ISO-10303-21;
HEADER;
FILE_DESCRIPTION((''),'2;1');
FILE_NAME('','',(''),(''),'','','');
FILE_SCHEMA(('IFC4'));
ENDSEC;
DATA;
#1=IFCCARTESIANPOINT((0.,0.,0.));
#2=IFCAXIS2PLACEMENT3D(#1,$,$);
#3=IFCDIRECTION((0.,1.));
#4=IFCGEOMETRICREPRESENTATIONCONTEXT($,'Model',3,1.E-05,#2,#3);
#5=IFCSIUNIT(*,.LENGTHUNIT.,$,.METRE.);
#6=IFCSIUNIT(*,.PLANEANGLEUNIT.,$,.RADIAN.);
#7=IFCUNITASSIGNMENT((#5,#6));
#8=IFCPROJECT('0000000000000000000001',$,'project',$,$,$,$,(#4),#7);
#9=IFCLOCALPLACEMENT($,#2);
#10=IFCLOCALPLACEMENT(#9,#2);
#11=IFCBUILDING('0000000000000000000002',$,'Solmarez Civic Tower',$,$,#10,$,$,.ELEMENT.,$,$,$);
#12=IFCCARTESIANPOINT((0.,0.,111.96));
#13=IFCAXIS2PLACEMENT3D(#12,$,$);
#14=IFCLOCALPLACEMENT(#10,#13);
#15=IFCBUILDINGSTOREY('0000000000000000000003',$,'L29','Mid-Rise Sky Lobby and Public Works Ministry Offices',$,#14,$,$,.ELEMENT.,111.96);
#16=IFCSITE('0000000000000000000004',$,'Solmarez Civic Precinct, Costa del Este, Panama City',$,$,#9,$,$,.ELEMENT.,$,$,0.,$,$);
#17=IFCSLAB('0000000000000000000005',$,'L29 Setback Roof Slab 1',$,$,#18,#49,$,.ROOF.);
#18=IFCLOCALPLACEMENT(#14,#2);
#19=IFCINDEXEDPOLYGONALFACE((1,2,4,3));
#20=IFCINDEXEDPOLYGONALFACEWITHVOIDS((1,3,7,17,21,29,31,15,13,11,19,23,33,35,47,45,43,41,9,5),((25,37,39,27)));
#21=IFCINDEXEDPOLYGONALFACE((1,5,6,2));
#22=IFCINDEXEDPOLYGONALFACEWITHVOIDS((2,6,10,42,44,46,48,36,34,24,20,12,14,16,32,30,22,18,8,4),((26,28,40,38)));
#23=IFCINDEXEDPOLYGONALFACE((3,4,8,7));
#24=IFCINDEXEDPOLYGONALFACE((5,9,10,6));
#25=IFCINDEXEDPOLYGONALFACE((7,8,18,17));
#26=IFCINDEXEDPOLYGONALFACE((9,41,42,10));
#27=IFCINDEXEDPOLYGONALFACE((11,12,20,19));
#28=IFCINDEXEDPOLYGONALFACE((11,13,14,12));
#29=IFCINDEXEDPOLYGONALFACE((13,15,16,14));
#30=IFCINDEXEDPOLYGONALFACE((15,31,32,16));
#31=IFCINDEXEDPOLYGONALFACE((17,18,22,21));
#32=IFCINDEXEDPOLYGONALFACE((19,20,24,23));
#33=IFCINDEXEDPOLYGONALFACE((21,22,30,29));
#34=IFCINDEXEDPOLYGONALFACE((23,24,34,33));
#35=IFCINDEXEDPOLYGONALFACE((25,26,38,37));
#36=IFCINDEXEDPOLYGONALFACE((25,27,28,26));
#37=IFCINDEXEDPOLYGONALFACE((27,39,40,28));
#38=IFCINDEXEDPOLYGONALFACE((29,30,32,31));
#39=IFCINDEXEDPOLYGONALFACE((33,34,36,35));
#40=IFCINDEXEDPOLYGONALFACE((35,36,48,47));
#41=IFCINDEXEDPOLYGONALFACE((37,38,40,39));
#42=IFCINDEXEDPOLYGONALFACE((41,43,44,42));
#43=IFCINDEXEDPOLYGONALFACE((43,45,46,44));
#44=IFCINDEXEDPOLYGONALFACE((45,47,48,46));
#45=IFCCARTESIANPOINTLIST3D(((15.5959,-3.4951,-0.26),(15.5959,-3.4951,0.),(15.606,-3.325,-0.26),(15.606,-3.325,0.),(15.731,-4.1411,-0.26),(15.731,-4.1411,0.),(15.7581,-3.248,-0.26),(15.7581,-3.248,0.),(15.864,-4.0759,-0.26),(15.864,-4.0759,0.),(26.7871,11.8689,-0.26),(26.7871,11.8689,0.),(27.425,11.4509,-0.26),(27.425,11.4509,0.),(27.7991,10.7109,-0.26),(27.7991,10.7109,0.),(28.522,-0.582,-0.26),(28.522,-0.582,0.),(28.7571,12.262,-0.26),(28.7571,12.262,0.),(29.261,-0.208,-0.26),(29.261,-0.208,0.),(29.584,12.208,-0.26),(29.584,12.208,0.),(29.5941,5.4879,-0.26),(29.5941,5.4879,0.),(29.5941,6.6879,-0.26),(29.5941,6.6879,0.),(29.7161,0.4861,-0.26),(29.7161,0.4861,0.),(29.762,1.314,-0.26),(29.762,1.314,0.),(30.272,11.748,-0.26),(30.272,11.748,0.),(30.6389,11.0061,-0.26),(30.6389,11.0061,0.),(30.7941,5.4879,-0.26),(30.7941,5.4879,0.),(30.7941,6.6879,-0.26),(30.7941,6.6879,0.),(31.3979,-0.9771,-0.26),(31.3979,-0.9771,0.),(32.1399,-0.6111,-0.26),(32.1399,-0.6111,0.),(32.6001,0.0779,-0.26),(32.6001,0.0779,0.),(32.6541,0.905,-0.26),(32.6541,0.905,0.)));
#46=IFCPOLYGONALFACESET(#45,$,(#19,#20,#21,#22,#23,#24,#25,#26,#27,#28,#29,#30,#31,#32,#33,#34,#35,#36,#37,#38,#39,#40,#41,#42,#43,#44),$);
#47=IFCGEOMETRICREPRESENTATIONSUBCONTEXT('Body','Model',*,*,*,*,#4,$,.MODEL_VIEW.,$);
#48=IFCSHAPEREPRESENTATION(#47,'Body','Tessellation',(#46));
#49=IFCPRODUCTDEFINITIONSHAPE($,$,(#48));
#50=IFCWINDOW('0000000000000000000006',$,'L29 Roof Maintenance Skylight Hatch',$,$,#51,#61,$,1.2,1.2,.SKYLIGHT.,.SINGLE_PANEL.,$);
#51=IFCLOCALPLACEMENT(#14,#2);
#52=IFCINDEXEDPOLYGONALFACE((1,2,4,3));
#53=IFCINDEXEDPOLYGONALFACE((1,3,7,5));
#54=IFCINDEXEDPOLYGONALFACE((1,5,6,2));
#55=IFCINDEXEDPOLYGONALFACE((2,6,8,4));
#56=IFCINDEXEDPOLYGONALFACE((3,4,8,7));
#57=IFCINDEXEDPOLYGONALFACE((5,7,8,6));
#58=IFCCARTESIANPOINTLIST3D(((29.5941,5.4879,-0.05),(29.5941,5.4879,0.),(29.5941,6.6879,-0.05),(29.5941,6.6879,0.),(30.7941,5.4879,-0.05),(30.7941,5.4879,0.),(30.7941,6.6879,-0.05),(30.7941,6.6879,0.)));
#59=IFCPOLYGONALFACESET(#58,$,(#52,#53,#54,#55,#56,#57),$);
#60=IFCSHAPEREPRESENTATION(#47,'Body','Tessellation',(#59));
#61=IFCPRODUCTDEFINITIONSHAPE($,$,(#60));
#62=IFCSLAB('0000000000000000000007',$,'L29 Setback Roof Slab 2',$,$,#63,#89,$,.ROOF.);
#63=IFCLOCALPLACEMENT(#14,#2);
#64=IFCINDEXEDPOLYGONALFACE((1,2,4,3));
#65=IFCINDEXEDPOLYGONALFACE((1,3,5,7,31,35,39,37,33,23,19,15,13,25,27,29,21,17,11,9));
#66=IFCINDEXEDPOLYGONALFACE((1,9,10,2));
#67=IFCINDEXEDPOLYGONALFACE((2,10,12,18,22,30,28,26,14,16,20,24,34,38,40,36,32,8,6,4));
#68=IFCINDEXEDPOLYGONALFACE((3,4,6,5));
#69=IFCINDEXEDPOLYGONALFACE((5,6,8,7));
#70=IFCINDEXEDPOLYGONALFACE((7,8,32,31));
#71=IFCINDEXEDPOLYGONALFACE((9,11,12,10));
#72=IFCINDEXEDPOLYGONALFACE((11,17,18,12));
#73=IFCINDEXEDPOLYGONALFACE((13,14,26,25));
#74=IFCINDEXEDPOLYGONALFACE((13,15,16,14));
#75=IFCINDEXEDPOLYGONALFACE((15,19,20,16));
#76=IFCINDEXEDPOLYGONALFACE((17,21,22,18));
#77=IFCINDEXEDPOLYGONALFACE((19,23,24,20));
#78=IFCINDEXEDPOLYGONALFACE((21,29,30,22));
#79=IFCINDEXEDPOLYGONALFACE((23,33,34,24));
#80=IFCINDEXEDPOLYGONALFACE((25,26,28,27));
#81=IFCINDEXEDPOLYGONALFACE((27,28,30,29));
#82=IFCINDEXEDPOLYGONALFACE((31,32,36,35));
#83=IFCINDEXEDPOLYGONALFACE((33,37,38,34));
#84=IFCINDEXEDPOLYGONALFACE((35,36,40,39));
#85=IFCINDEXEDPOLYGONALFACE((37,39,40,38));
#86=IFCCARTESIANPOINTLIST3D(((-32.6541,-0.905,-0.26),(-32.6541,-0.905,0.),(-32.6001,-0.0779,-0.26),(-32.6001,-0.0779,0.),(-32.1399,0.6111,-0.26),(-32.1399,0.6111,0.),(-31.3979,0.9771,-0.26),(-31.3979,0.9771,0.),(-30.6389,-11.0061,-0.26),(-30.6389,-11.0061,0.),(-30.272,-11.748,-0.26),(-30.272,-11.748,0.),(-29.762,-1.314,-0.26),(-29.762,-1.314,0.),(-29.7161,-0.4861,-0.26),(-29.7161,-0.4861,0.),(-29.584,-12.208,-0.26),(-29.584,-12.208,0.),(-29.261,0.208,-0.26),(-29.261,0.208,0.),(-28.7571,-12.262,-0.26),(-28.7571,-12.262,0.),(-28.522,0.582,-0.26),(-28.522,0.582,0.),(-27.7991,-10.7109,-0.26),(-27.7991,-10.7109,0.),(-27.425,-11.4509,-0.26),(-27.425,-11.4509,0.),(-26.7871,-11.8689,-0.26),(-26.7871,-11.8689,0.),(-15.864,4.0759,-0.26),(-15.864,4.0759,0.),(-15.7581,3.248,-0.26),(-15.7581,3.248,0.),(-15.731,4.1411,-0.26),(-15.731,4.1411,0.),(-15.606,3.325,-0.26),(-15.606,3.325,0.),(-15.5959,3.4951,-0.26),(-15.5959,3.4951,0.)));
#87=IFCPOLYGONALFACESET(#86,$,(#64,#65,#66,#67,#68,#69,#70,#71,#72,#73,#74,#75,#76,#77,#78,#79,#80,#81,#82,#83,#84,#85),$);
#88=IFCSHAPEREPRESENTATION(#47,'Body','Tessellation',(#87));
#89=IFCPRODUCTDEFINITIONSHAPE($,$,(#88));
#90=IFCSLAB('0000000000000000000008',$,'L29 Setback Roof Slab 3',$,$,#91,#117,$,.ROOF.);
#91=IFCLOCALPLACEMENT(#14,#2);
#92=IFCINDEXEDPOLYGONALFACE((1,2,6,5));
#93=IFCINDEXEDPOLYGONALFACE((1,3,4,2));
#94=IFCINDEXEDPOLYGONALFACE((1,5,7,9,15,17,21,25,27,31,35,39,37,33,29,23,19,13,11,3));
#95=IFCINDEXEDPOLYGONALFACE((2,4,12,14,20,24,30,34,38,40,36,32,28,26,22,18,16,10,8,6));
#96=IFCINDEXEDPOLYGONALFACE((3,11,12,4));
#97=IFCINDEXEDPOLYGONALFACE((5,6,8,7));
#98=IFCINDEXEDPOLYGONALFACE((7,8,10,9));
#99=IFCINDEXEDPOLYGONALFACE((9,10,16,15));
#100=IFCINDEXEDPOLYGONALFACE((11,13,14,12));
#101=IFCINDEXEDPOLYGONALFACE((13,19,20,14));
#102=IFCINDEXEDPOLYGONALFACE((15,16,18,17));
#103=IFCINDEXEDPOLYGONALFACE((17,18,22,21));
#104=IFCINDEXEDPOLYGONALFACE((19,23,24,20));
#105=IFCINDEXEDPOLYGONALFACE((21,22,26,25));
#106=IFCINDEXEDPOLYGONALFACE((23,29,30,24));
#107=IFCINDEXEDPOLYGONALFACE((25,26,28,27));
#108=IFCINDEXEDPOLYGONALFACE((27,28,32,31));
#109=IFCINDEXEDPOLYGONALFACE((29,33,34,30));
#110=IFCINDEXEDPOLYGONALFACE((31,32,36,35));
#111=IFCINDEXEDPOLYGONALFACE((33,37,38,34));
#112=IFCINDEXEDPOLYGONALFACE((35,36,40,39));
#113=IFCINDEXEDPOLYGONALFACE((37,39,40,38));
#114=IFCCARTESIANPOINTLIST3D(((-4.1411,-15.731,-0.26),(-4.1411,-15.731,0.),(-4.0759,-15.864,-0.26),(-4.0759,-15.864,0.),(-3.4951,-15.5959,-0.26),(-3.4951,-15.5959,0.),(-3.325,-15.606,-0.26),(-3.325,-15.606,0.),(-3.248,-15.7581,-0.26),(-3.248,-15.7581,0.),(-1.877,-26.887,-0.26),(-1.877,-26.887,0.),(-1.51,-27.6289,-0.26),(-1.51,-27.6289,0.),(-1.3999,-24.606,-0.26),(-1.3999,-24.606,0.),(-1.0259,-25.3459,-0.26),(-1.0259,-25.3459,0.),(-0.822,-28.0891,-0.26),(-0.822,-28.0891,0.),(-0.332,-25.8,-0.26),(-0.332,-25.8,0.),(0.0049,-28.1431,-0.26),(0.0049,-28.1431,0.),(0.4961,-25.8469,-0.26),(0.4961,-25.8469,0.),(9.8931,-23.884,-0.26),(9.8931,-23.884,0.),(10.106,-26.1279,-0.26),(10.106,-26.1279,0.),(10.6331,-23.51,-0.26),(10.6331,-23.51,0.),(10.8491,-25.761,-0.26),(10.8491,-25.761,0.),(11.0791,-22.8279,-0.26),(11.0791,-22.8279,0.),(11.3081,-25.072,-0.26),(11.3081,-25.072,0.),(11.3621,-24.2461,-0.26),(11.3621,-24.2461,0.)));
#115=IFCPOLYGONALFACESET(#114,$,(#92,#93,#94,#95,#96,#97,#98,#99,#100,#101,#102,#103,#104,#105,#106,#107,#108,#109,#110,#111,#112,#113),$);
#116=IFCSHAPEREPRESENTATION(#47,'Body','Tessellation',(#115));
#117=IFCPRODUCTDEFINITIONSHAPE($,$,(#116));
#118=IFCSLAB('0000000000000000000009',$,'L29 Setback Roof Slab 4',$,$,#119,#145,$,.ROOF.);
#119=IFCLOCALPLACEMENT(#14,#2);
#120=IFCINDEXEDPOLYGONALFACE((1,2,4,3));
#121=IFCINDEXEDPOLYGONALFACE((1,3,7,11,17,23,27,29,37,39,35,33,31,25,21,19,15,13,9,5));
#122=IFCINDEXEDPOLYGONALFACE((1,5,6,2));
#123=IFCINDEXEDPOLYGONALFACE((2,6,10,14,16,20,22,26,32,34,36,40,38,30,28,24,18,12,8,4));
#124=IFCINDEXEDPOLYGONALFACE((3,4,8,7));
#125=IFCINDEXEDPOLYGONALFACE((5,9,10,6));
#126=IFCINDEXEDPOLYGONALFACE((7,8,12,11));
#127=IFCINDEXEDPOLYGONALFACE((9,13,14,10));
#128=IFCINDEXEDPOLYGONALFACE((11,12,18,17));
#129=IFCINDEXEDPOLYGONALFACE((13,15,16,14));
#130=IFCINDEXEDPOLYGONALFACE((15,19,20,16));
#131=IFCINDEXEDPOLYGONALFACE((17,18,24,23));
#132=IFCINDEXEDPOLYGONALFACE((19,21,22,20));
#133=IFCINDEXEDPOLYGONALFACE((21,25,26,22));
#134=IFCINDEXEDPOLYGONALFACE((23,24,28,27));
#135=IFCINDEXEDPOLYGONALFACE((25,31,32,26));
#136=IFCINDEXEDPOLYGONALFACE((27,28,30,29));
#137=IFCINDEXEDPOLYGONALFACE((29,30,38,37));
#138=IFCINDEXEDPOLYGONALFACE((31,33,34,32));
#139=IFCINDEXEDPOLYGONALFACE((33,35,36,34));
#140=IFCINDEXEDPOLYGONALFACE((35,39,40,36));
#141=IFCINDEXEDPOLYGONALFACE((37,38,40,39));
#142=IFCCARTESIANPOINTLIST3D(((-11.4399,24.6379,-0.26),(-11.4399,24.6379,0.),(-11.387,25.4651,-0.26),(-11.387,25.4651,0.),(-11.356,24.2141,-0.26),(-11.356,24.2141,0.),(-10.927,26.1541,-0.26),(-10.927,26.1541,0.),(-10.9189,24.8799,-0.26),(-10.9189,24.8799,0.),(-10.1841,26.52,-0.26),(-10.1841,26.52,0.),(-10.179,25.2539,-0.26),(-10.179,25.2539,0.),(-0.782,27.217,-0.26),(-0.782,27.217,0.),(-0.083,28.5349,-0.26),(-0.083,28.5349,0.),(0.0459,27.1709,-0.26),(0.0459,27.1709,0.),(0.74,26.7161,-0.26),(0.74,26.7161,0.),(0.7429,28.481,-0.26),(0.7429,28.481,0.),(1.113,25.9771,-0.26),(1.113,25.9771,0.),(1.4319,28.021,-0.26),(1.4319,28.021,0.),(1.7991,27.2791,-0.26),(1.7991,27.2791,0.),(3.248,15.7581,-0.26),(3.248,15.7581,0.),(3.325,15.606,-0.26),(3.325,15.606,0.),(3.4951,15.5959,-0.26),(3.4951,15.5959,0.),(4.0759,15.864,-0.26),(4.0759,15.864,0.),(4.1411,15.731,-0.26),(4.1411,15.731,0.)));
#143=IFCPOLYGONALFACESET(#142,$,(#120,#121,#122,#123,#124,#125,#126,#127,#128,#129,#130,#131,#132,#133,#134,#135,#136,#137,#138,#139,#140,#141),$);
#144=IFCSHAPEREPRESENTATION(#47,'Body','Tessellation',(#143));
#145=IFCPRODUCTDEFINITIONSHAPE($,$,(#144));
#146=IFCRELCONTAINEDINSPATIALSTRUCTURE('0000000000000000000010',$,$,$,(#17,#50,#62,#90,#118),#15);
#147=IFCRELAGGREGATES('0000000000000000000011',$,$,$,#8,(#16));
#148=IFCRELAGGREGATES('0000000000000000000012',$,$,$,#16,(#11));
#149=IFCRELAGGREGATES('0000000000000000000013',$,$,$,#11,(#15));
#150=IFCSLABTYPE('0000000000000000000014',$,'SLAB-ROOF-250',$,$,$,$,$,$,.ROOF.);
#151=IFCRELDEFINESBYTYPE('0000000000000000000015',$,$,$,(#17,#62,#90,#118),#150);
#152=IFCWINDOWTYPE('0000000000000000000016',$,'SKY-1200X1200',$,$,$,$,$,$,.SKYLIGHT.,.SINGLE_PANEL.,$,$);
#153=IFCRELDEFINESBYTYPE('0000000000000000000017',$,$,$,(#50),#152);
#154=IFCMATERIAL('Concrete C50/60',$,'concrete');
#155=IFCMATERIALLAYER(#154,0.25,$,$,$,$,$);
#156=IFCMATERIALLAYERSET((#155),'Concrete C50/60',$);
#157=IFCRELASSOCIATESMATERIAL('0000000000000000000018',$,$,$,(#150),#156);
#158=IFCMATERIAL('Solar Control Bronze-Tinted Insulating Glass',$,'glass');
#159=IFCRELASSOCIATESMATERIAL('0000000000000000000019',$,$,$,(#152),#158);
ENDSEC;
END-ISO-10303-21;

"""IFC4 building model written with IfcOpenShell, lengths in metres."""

from ifc_helpers import new_model, si_unit, direction, frame, origin, origin_2d, place, context, subcontext, project, spatial, polyline, rectangle, outline, extrude, material, layer, layer_set, type_object, element, fill, save


model = new_model("IFC4")

# Units and contexts
model_context = context("Model", 3, precision=1e-05, world=origin(), true_north=direction((0.0, 1.0)))
body_context = subcontext(model_context, "Body", "Model", "MODEL_VIEW")
ifc_project = project(units=[si_unit("LENGTHUNIT", "METRE"), si_unit("PLANEANGLEUNIT", "RADIAN")], contexts=[model_context])

# Site, building, storey
site_placement = place(None, origin())
site = spatial("IfcSite", under=ifc_project, at=site_placement, Name="Solmarez Civic Precinct, Costa del Este, Panama City", CompositionType="ELEMENT", RefElevation=0.0)
building_placement = place(site_placement, origin())
building = spatial("IfcBuilding", under=site, at=building_placement, Name="Solmarez Civic Tower", CompositionType="ELEMENT")
storey_placement = place(building_placement, frame((0.0, 0.0, 111.96)))
storey = spatial("IfcBuildingStorey", under=building, at=storey_placement, Name="L29", Description="Mid-Rise Sky Lobby and Public Works Ministry Offices", CompositionType="ELEMENT", Elevation=111.96)

# Shared definitions
ifc_material_1 = material(Name="Concrete C50/60", Category="concrete")

# Slab, opening, window
ifc_layer_1 = layer(ifc_material_1, 0.25)
ifc_layer_set_1 = layer_set([ifc_layer_1], Name="Concrete C50/60")
slab_type_1 = type_object("IfcSlabType", Name="SLAB-ROOF-250", PredefinedType="ROOF", material=ifc_layer_set_1)
slab_1_placement = place(storey_placement, frame((0.0, 0.0, -0.26)))
slab_1 = element("IfcSlab", 1, at=slab_1_placement, inside=storey, type_object=slab_type_1, Name="L29 Setback Roof Slab 1", PredefinedType="ROOF", context=body_context, shape_type="SweptSolid", body=[
    extrude(outline(polyline([(26.7871, 11.8689), (27.425, 11.4509), (27.7991, 10.7109), (29.762, 1.314), (29.7161, 0.4861), (29.261, -0.208), (28.522, -0.582), (15.7581, -3.248), (15.606, -3.325), (15.5959, -3.4951), (15.731, -4.1411), (15.864, -4.0759), (31.3979, -0.9771), (32.1399, -0.6111), (32.6001, 0.0779), (32.6541, 0.905), (30.6389, 11.0061), (30.272, 11.748), (29.584, 12.208), (28.7571, 12.262), (26.7871, 11.8689)])), origin(), (0.0, 0.0, 1.0), 0.26),
])
opening_1_placement = place(slab_1_placement, frame((30.1941, 6.0879, 0.0)))
opening_1 = element("IfcOpeningElement", 2, at=opening_1_placement, cuts=slab_1, PredefinedType="OPENING", context=body_context, shape_type="SweptSolid", body=[
    extrude(rectangle(XDim=1.2, YDim=1.2, at=origin_2d()), frame((0.0, 0.0, -0.01)), (0.0, 0.0, 1.0), 0.28),
])
ifc_material_2 = material(Name="Solar Control Bronze-Tinted Insulating Glass", Category="glass")
window_type_1 = type_object("IfcWindowType", Name="SKY-1200X1200", PartitioningType="SINGLE_PANEL", PredefinedType="SKYLIGHT", material=ifc_material_2)
window_1_placement = place(opening_1_placement, frame((0.0, 0.0, 0.21)))
window_1 = element("IfcWindow", 3, at=window_1_placement, inside=storey, type_object=window_type_1, Name="L29 Roof Maintenance Skylight Hatch", OverallHeight=1.2, OverallWidth=1.2, PartitioningType="SINGLE_PANEL", PredefinedType="SKYLIGHT", context=body_context, shape_type="SweptSolid", body=[
    extrude(rectangle(XDim=1.2, YDim=1.2, at=origin_2d()), origin(), (0.0, 0.0, 1.0), 0.05),
])
fill(opening_1, window_1)

# Slabs
slab_2_placement = place(storey_placement, frame((0.0, 0.0, -0.26)))
element("IfcSlab", 4, at=slab_2_placement, inside=storey, type_object=slab_type_1, Name="L29 Setback Roof Slab 2", PredefinedType="ROOF", context=body_context, shape_type="SweptSolid", body=[
    extrude(outline(polyline([(-26.7871, -11.8689), (-27.425, -11.4509), (-27.7991, -10.7109), (-29.762, -1.314), (-29.7161, -0.4861), (-29.261, 0.208), (-28.522, 0.582), (-15.7581, 3.248), (-15.606, 3.325), (-15.5959, 3.4951), (-15.731, 4.1411), (-15.864, 4.0759), (-31.3979, 0.9771), (-32.1399, 0.6111), (-32.6001, -0.0779), (-32.6541, -0.905), (-30.6389, -11.0061), (-30.272, -11.748), (-29.584, -12.208), (-28.7571, -12.262), (-26.7871, -11.8689)])), origin(), (0.0, 0.0, 1.0), 0.26),
])
slab_3_placement = place(storey_placement, frame((0.0, 0.0, -0.26)))
element("IfcSlab", 5, at=slab_3_placement, inside=storey, type_object=slab_type_1, Name="L29 Setback Roof Slab 3", PredefinedType="ROOF", context=body_context, shape_type="SweptSolid", body=[
    extrude(outline(polyline([(11.0791, -22.8279), (10.6331, -23.51), (9.8931, -23.884), (0.4961, -25.8469), (-0.332, -25.8), (-1.0259, -25.3459), (-1.3999, -24.606), (-3.248, -15.7581), (-3.325, -15.606), (-3.4951, -15.5959), (-4.1411, -15.731), (-4.0759, -15.864), (-1.877, -26.887), (-1.51, -27.6289), (-0.822, -28.0891), (0.0049, -28.1431), (10.106, -26.1279), (10.8491, -25.761), (11.3081, -25.072), (11.3621, -24.2461), (11.0791, -22.8279)])), origin(), (0.0, 0.0, 1.0), 0.26),
])
slab_4_placement = place(storey_placement, frame((0.0, 0.0, -0.26)))
element("IfcSlab", 6, at=slab_4_placement, inside=storey, type_object=slab_type_1, Name="L29 Setback Roof Slab 4", PredefinedType="ROOF", context=body_context, shape_type="SweptSolid", body=[
    extrude(outline(polyline([(-11.356, 24.2141), (-10.9189, 24.8799), (-10.179, 25.2539), (-0.782, 27.217), (0.0459, 27.1709), (0.74, 26.7161), (1.113, 25.9771), (3.248, 15.7581), (3.325, 15.606), (3.4951, 15.5959), (4.1411, 15.731), (4.0759, 15.864), (1.7991, 27.2791), (1.4319, 28.021), (0.7429, 28.481), (-0.083, 28.5349), (-10.1841, 26.52), (-10.927, 26.1541), (-11.387, 25.4651), (-11.4399, 24.6379), (-11.356, 24.2141)])), origin(), (0.0, 0.0, 1.0), 0.26),
])

save(model, "model.ifc")
